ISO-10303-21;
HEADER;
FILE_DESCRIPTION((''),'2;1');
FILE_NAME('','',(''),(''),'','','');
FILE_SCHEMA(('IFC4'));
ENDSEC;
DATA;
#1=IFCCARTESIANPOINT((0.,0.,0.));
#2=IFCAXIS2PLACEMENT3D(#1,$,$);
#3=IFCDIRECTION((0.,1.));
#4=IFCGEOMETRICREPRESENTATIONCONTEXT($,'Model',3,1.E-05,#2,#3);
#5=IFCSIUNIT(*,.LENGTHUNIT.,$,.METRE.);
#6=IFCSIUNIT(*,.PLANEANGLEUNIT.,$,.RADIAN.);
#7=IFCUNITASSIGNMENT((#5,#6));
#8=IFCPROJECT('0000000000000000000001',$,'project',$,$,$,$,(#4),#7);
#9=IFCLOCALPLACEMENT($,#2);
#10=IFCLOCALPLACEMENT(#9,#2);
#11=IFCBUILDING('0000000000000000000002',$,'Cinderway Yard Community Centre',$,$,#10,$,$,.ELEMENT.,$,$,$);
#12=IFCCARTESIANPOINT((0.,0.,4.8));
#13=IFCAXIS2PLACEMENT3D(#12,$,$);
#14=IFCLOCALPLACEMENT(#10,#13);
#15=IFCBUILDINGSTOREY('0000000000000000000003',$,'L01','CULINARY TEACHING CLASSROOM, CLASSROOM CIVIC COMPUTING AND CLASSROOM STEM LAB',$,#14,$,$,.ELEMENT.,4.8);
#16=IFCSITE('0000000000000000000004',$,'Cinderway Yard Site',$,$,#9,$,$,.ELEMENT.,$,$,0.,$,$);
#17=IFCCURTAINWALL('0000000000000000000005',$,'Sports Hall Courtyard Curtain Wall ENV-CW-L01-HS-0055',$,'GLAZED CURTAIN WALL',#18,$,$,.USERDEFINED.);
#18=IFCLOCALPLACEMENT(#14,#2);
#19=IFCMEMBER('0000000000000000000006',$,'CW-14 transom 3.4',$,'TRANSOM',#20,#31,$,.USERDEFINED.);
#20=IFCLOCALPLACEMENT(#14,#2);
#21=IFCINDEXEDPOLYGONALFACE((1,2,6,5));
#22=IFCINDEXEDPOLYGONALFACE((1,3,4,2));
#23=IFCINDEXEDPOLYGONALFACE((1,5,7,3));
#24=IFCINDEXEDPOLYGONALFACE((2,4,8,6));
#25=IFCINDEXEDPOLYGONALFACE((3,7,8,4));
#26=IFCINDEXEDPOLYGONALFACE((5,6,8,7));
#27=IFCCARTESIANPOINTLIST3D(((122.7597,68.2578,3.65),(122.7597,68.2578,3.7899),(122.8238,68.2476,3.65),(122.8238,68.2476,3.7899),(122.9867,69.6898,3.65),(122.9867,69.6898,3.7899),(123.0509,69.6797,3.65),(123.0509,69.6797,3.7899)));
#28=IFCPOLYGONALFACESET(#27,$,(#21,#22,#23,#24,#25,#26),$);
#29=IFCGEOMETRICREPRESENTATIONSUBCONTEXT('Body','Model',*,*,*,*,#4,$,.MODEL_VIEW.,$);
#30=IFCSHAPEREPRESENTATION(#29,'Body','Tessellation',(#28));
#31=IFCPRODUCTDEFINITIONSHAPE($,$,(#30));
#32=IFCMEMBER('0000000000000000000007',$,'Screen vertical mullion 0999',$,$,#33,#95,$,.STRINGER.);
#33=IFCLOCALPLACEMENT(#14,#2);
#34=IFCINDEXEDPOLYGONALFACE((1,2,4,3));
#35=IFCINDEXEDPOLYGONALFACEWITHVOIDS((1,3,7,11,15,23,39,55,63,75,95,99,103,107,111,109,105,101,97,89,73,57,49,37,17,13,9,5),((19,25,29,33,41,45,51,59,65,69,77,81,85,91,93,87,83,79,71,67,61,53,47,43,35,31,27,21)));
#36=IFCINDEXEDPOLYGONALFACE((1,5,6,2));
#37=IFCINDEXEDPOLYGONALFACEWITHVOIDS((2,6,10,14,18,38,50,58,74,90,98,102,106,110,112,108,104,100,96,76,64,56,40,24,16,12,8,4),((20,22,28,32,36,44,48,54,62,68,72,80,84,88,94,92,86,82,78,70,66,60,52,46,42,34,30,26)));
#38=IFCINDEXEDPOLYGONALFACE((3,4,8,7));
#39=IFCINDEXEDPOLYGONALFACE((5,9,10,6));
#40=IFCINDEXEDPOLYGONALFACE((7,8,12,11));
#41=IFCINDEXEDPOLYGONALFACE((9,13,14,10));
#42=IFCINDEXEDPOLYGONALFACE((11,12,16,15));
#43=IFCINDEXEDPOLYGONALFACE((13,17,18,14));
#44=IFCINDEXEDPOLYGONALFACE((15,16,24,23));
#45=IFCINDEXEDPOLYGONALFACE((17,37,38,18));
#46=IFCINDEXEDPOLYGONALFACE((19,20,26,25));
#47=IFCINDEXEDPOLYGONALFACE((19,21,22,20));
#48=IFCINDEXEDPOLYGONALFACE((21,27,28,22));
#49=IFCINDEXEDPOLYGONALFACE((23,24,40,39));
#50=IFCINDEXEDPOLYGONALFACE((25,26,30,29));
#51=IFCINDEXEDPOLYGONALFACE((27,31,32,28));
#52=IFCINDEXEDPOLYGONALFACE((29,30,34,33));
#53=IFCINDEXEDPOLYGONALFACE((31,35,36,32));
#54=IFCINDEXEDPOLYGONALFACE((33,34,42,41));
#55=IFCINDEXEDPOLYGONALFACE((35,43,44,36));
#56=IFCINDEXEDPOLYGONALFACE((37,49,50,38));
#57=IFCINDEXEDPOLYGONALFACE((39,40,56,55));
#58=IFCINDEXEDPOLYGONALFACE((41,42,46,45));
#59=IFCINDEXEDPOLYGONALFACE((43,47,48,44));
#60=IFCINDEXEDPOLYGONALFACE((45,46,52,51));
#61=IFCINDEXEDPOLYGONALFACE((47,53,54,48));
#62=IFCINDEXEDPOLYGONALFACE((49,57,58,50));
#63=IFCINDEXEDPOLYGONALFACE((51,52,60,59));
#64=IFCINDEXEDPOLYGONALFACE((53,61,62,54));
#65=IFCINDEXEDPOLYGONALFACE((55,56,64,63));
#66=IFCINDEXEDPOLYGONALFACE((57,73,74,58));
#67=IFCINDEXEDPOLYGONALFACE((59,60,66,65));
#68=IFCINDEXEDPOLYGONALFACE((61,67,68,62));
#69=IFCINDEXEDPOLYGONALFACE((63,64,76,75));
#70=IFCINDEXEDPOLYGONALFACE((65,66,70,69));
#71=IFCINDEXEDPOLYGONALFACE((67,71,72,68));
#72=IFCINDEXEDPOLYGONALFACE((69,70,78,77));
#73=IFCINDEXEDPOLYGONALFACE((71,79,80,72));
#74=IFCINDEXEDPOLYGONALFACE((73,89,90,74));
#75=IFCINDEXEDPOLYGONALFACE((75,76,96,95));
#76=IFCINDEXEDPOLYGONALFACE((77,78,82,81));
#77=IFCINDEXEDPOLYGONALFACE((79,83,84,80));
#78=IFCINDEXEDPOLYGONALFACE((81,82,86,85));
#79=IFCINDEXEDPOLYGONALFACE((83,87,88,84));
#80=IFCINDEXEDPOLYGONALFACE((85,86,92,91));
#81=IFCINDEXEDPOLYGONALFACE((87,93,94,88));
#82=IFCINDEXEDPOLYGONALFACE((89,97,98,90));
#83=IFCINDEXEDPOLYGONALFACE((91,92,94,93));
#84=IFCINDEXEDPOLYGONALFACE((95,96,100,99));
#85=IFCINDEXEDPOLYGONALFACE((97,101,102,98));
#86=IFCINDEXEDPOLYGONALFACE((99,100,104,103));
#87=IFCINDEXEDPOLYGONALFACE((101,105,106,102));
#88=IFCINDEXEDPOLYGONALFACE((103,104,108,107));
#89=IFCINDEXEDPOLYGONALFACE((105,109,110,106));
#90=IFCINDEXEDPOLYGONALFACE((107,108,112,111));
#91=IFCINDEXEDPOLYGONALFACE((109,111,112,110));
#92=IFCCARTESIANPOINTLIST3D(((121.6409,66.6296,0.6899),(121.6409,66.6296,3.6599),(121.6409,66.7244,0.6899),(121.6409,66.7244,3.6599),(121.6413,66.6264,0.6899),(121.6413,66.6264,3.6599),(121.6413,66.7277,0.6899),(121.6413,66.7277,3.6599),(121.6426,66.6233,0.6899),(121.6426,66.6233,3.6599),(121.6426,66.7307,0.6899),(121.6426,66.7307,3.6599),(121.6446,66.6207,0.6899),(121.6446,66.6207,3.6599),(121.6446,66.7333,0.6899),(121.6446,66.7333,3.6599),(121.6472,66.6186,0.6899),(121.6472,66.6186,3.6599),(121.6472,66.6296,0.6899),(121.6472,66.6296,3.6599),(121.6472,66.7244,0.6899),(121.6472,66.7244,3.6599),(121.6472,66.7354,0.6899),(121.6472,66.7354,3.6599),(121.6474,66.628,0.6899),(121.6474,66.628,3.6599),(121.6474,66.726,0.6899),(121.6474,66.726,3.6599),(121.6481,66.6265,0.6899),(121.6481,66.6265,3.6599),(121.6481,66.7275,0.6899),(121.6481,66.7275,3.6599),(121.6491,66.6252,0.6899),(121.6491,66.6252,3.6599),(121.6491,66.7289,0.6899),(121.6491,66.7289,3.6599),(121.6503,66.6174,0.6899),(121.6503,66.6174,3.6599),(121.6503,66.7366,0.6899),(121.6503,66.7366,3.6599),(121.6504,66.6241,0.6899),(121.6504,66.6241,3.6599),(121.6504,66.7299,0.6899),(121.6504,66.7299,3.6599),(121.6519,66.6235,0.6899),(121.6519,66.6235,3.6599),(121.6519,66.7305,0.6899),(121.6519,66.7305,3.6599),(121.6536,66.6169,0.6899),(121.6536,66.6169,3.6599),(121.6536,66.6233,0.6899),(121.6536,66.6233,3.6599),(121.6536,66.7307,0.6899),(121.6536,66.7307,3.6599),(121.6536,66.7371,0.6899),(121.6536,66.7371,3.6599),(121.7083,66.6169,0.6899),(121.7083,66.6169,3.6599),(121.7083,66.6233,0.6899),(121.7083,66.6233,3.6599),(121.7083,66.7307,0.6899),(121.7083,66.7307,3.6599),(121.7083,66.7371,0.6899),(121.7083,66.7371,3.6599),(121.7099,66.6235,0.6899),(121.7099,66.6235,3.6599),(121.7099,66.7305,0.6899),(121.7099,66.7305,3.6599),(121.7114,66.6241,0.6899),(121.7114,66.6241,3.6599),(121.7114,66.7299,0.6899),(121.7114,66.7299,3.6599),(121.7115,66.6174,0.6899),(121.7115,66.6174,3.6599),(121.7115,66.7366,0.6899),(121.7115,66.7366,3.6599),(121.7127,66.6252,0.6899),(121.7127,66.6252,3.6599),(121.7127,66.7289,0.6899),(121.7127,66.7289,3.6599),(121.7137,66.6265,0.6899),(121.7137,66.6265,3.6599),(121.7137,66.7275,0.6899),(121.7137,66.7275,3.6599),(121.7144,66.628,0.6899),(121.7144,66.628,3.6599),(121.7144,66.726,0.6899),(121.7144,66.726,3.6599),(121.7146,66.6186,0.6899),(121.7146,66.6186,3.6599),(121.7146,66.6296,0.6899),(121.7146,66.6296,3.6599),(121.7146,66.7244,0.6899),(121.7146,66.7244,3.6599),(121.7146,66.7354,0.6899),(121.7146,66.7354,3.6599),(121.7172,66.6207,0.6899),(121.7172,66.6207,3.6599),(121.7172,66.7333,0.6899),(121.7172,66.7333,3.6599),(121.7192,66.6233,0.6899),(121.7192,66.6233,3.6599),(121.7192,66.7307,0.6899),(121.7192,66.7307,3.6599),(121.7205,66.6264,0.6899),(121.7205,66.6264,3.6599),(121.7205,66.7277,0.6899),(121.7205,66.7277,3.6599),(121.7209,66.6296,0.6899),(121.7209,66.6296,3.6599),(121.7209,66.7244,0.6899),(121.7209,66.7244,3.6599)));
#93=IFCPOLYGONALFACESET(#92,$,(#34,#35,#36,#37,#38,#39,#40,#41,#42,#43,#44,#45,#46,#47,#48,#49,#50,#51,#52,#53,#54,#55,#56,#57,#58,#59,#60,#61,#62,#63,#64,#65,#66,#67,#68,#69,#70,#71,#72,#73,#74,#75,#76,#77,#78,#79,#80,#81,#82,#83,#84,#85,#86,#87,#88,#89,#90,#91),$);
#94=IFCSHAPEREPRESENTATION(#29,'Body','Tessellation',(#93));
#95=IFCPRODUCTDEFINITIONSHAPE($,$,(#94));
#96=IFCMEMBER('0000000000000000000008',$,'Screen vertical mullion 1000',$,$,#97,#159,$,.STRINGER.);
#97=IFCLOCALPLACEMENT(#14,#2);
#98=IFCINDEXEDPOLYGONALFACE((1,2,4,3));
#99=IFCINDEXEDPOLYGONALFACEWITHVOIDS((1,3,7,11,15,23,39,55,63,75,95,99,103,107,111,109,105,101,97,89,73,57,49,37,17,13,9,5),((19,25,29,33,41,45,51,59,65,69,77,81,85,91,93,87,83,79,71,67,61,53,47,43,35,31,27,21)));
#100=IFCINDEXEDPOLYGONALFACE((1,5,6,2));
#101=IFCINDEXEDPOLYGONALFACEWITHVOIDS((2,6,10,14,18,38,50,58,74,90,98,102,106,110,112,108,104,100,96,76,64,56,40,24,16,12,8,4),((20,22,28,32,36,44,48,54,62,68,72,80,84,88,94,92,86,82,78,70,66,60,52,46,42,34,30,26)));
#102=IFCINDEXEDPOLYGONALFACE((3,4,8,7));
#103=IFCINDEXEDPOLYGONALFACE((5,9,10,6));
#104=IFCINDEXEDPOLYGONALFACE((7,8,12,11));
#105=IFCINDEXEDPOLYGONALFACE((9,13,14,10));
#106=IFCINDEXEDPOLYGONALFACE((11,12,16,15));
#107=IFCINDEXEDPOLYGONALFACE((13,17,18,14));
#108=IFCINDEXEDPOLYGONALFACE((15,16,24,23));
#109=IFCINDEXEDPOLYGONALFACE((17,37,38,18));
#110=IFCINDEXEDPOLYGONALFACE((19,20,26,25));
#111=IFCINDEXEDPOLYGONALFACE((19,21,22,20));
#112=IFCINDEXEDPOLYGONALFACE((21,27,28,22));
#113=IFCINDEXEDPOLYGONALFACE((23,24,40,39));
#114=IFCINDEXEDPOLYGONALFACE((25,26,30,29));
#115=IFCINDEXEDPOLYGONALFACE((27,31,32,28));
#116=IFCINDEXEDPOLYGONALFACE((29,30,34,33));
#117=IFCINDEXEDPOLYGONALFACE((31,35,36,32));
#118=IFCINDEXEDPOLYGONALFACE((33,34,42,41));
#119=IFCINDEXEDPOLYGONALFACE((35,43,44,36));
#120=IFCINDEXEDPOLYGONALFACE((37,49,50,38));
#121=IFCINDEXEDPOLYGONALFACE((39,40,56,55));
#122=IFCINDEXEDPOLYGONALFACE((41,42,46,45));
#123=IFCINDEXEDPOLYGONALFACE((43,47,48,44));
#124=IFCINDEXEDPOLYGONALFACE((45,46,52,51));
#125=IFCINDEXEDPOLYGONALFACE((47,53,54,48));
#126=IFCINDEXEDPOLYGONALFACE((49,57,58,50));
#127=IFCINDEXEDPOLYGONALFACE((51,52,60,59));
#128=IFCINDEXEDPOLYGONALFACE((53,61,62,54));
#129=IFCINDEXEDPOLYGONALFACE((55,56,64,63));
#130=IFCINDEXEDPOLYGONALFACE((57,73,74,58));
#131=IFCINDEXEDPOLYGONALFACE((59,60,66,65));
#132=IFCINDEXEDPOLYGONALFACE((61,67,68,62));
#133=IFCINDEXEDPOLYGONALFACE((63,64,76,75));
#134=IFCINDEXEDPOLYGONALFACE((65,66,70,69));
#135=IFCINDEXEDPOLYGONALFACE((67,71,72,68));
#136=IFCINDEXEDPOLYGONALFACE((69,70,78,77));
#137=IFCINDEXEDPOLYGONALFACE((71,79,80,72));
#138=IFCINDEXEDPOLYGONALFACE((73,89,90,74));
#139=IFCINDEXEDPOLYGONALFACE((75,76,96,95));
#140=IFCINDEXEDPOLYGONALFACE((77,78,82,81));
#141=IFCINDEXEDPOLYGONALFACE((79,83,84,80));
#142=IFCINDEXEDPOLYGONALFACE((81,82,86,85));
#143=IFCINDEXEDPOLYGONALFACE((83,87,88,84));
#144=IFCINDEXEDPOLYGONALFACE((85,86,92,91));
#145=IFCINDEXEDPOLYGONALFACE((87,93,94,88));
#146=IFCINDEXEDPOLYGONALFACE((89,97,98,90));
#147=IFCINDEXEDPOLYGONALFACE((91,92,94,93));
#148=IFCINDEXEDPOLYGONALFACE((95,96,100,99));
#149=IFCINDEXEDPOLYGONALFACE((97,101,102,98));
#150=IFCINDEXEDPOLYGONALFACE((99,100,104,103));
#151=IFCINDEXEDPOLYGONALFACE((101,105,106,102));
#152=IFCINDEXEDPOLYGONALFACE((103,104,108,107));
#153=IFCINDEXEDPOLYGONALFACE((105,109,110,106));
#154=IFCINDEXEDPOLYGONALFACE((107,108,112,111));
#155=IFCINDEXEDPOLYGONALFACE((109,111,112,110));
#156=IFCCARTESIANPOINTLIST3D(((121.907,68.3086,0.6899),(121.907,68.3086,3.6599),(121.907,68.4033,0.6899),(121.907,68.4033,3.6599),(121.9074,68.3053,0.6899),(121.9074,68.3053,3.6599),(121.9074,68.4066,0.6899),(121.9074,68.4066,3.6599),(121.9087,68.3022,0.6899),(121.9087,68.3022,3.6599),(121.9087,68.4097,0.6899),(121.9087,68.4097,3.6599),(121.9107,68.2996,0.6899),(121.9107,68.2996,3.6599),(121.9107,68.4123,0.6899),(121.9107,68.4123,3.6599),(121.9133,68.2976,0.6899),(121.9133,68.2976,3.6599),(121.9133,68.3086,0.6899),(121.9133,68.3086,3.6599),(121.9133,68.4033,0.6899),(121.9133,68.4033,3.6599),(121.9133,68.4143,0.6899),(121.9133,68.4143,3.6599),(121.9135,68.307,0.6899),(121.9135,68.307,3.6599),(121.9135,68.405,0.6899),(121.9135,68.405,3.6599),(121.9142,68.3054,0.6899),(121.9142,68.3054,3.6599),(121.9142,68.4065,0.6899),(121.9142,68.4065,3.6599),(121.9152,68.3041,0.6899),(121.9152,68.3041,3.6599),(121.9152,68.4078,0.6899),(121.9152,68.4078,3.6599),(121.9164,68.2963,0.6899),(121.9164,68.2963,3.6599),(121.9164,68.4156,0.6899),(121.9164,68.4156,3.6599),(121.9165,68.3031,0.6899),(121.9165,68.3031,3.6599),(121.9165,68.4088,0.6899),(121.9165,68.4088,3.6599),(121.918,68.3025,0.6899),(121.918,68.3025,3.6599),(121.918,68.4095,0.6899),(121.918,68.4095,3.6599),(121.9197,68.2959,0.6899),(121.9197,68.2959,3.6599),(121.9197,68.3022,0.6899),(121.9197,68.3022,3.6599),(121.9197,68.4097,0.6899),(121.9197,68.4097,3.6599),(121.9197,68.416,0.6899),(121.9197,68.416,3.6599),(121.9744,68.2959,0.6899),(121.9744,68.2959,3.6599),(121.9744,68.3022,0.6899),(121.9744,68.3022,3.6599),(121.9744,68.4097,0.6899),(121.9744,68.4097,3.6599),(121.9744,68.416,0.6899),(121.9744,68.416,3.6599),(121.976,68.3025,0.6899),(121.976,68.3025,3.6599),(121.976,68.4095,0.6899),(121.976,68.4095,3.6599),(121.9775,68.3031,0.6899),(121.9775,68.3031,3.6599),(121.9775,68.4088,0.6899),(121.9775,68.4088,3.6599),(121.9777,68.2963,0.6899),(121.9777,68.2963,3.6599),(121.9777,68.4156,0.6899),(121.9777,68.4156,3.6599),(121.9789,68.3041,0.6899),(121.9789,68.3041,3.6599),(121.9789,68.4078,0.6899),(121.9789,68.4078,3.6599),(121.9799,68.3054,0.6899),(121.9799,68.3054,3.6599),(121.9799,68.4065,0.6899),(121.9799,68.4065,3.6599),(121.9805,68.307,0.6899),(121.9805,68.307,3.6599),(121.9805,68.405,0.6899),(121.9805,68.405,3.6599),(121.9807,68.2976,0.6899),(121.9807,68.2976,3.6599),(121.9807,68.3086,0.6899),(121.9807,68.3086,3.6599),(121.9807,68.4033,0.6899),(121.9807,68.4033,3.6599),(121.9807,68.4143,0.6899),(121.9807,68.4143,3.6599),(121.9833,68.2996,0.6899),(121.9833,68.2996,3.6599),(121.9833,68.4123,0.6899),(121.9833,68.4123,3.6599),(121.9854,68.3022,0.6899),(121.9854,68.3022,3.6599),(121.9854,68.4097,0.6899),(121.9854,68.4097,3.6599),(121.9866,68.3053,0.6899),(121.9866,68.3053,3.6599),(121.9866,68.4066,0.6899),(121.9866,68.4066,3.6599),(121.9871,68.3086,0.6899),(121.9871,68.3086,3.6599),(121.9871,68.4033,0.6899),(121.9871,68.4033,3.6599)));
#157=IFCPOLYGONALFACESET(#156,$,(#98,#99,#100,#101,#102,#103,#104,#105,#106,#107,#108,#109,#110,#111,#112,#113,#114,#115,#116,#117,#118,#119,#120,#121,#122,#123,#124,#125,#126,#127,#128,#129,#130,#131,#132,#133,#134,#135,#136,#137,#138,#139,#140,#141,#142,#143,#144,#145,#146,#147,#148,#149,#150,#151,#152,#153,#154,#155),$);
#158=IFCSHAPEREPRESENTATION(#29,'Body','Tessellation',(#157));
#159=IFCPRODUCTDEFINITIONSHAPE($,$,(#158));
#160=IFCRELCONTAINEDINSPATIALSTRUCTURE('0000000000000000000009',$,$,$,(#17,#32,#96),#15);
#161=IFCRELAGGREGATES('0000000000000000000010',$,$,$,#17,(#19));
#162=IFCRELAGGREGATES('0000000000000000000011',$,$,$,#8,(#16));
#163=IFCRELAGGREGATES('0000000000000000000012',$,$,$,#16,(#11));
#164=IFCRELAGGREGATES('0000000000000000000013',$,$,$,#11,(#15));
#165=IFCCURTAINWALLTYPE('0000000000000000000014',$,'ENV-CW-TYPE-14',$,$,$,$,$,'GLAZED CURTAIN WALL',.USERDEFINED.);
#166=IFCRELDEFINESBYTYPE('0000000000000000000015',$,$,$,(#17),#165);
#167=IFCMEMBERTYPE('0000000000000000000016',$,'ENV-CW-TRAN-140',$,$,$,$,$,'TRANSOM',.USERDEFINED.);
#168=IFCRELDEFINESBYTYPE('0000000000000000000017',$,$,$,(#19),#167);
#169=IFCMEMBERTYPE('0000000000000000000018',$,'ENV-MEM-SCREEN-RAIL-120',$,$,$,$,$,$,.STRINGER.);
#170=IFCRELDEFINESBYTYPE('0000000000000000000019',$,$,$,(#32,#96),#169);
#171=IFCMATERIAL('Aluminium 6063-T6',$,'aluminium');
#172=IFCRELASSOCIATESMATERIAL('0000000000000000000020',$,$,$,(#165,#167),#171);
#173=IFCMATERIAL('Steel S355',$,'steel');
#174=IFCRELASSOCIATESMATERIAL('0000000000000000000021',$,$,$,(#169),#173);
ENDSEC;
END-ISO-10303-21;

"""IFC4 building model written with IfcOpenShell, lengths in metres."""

from ifc_helpers import new_model, si_unit, direction, frame, origin, origin_2d, place, context, subcontext, project, spatial, rectangle, hollow_rectangle, extrude, material, material_profile, profile_set, type_object, element, aggregate, save


model = new_model("IFC4")

# Units and contexts
model_context = context("Model", 3, precision=1e-05, world=origin(), true_north=direction((0.0, 1.0)))
body_context = subcontext(model_context, "Body", "Model", "MODEL_VIEW")
ifc_project = project(units=[si_unit("LENGTHUNIT", "METRE"), si_unit("PLANEANGLEUNIT", "RADIAN")], contexts=[model_context])

# Site, building, storey
site_placement = place(None, origin())
site = spatial("IfcSite", under=ifc_project, at=site_placement, Name="Cinderway Yard Site", CompositionType="ELEMENT", RefElevation=0.0)
building_placement = place(site_placement, origin())
building = spatial("IfcBuilding", under=site, at=building_placement, Name="Cinderway Yard Community Centre", CompositionType="ELEMENT")
storey_placement = place(building_placement, frame((0.0, 0.0, 4.8)))
storey = spatial("IfcBuildingStorey", under=building, at=storey_placement, Name="L01", Description="CULINARY TEACHING CLASSROOM, CLASSROOM CIVIC COMPUTING AND CLASSROOM STEM LAB", CompositionType="ELEMENT", Elevation=4.8)

# Curtain wall, member
ifc_material_1 = material(Name="Aluminium 6063-T6", Category="aluminium")
curtain_wall_type = type_object("IfcCurtainWallType", Name="ENV-CW-TYPE-14", ElementType="GLAZED CURTAIN WALL", PredefinedType="USERDEFINED", material=ifc_material_1)
curtain_wall_placement = place(storey_placement, origin())
curtain_wall = element("IfcCurtainWall", 1, at=curtain_wall_placement, inside=storey, type_object=curtain_wall_type, Name="Sports Hall Courtyard Curtain Wall ENV-CW-L01-HS-0055", ObjectType="GLAZED CURTAIN WALL", PredefinedType="USERDEFINED")
ifc_material_profile_1 = material_profile(ifc_material_1, rectangle(XDim=0.0649, YDim=0.1399, at=origin_2d()), Name="Aluminium 6063-T6")
ifc_profile_set_1 = profile_set([ifc_material_profile_1], Name="Aluminium 6063-T6")
member_type_1 = type_object("IfcMemberType", Name="ENV-CW-TRAN-140", ElementType="TRANSOM", PredefinedType="USERDEFINED", material=ifc_profile_set_1)
member_1_placement = place(storey_placement, frame((122.7917, 68.2527, 3.72), z_axis=(0.156585, 0.987664, 0.0), x_axis=(-0.987664, 0.156585, 0.0)))
member_1 = element("IfcMember", 2, at=member_1_placement, type_object=member_type_1, Name="CW-14 transom 3.4", ObjectType="TRANSOM", PredefinedType="USERDEFINED", context=body_context, shape_type="SweptSolid", body=[
    extrude(rectangle(XDim=0.0649, YDim=0.1399, at=origin_2d()), origin(), (0.0, 0.0, 1.0), 1.45),
])

# Members
ifc_material_2 = material(Name="Steel S355", Category="steel")
ifc_material_profile_2 = material_profile(ifc_material_2, hollow_rectangle(XDim=0.0801, YDim=0.1201, WallThickness=0.0063, InnerFilletRadius=0.0063, OuterFilletRadius=0.0127, at=origin_2d()), Name="Steel S355")
ifc_profile_set_2 = profile_set([ifc_material_profile_2], Name="Steel S355")
member_type_2 = type_object("IfcMemberType", Name="ENV-MEM-SCREEN-RAIL-120", PredefinedType="STRINGER", material=ifc_profile_set_2)
for number, where, z_axis, x_axis, name in (
    (3, (121.6809, 66.677, 0.6899), (0.0, 0.0, 1.0), (1.0, 0.0, 0.0), "Screen vertical mullion 0999"),
    (4, (121.947, 68.356, 0.6899), (0.0, 0.0, 1.0), (1.0, 0.0, 0.0), "Screen vertical mullion 1000"),
):
    element("IfcMember", number, at=place(storey_placement, frame(where, z_axis=z_axis, x_axis=x_axis)), inside=storey, type_object=member_type_2, Name=name, PredefinedType="STRINGER", context=body_context, shape_type="SweptSolid", body=[
        extrude(hollow_rectangle(XDim=0.0801, YDim=0.1201, WallThickness=0.0063, InnerFilletRadius=0.0063, OuterFilletRadius=0.0127, at=origin_2d()), origin(), (0.0, 0.0, 1.0), 2.97),
    ])

aggregate(curtain_wall, [member_1])

save(model, "model.ifc")
